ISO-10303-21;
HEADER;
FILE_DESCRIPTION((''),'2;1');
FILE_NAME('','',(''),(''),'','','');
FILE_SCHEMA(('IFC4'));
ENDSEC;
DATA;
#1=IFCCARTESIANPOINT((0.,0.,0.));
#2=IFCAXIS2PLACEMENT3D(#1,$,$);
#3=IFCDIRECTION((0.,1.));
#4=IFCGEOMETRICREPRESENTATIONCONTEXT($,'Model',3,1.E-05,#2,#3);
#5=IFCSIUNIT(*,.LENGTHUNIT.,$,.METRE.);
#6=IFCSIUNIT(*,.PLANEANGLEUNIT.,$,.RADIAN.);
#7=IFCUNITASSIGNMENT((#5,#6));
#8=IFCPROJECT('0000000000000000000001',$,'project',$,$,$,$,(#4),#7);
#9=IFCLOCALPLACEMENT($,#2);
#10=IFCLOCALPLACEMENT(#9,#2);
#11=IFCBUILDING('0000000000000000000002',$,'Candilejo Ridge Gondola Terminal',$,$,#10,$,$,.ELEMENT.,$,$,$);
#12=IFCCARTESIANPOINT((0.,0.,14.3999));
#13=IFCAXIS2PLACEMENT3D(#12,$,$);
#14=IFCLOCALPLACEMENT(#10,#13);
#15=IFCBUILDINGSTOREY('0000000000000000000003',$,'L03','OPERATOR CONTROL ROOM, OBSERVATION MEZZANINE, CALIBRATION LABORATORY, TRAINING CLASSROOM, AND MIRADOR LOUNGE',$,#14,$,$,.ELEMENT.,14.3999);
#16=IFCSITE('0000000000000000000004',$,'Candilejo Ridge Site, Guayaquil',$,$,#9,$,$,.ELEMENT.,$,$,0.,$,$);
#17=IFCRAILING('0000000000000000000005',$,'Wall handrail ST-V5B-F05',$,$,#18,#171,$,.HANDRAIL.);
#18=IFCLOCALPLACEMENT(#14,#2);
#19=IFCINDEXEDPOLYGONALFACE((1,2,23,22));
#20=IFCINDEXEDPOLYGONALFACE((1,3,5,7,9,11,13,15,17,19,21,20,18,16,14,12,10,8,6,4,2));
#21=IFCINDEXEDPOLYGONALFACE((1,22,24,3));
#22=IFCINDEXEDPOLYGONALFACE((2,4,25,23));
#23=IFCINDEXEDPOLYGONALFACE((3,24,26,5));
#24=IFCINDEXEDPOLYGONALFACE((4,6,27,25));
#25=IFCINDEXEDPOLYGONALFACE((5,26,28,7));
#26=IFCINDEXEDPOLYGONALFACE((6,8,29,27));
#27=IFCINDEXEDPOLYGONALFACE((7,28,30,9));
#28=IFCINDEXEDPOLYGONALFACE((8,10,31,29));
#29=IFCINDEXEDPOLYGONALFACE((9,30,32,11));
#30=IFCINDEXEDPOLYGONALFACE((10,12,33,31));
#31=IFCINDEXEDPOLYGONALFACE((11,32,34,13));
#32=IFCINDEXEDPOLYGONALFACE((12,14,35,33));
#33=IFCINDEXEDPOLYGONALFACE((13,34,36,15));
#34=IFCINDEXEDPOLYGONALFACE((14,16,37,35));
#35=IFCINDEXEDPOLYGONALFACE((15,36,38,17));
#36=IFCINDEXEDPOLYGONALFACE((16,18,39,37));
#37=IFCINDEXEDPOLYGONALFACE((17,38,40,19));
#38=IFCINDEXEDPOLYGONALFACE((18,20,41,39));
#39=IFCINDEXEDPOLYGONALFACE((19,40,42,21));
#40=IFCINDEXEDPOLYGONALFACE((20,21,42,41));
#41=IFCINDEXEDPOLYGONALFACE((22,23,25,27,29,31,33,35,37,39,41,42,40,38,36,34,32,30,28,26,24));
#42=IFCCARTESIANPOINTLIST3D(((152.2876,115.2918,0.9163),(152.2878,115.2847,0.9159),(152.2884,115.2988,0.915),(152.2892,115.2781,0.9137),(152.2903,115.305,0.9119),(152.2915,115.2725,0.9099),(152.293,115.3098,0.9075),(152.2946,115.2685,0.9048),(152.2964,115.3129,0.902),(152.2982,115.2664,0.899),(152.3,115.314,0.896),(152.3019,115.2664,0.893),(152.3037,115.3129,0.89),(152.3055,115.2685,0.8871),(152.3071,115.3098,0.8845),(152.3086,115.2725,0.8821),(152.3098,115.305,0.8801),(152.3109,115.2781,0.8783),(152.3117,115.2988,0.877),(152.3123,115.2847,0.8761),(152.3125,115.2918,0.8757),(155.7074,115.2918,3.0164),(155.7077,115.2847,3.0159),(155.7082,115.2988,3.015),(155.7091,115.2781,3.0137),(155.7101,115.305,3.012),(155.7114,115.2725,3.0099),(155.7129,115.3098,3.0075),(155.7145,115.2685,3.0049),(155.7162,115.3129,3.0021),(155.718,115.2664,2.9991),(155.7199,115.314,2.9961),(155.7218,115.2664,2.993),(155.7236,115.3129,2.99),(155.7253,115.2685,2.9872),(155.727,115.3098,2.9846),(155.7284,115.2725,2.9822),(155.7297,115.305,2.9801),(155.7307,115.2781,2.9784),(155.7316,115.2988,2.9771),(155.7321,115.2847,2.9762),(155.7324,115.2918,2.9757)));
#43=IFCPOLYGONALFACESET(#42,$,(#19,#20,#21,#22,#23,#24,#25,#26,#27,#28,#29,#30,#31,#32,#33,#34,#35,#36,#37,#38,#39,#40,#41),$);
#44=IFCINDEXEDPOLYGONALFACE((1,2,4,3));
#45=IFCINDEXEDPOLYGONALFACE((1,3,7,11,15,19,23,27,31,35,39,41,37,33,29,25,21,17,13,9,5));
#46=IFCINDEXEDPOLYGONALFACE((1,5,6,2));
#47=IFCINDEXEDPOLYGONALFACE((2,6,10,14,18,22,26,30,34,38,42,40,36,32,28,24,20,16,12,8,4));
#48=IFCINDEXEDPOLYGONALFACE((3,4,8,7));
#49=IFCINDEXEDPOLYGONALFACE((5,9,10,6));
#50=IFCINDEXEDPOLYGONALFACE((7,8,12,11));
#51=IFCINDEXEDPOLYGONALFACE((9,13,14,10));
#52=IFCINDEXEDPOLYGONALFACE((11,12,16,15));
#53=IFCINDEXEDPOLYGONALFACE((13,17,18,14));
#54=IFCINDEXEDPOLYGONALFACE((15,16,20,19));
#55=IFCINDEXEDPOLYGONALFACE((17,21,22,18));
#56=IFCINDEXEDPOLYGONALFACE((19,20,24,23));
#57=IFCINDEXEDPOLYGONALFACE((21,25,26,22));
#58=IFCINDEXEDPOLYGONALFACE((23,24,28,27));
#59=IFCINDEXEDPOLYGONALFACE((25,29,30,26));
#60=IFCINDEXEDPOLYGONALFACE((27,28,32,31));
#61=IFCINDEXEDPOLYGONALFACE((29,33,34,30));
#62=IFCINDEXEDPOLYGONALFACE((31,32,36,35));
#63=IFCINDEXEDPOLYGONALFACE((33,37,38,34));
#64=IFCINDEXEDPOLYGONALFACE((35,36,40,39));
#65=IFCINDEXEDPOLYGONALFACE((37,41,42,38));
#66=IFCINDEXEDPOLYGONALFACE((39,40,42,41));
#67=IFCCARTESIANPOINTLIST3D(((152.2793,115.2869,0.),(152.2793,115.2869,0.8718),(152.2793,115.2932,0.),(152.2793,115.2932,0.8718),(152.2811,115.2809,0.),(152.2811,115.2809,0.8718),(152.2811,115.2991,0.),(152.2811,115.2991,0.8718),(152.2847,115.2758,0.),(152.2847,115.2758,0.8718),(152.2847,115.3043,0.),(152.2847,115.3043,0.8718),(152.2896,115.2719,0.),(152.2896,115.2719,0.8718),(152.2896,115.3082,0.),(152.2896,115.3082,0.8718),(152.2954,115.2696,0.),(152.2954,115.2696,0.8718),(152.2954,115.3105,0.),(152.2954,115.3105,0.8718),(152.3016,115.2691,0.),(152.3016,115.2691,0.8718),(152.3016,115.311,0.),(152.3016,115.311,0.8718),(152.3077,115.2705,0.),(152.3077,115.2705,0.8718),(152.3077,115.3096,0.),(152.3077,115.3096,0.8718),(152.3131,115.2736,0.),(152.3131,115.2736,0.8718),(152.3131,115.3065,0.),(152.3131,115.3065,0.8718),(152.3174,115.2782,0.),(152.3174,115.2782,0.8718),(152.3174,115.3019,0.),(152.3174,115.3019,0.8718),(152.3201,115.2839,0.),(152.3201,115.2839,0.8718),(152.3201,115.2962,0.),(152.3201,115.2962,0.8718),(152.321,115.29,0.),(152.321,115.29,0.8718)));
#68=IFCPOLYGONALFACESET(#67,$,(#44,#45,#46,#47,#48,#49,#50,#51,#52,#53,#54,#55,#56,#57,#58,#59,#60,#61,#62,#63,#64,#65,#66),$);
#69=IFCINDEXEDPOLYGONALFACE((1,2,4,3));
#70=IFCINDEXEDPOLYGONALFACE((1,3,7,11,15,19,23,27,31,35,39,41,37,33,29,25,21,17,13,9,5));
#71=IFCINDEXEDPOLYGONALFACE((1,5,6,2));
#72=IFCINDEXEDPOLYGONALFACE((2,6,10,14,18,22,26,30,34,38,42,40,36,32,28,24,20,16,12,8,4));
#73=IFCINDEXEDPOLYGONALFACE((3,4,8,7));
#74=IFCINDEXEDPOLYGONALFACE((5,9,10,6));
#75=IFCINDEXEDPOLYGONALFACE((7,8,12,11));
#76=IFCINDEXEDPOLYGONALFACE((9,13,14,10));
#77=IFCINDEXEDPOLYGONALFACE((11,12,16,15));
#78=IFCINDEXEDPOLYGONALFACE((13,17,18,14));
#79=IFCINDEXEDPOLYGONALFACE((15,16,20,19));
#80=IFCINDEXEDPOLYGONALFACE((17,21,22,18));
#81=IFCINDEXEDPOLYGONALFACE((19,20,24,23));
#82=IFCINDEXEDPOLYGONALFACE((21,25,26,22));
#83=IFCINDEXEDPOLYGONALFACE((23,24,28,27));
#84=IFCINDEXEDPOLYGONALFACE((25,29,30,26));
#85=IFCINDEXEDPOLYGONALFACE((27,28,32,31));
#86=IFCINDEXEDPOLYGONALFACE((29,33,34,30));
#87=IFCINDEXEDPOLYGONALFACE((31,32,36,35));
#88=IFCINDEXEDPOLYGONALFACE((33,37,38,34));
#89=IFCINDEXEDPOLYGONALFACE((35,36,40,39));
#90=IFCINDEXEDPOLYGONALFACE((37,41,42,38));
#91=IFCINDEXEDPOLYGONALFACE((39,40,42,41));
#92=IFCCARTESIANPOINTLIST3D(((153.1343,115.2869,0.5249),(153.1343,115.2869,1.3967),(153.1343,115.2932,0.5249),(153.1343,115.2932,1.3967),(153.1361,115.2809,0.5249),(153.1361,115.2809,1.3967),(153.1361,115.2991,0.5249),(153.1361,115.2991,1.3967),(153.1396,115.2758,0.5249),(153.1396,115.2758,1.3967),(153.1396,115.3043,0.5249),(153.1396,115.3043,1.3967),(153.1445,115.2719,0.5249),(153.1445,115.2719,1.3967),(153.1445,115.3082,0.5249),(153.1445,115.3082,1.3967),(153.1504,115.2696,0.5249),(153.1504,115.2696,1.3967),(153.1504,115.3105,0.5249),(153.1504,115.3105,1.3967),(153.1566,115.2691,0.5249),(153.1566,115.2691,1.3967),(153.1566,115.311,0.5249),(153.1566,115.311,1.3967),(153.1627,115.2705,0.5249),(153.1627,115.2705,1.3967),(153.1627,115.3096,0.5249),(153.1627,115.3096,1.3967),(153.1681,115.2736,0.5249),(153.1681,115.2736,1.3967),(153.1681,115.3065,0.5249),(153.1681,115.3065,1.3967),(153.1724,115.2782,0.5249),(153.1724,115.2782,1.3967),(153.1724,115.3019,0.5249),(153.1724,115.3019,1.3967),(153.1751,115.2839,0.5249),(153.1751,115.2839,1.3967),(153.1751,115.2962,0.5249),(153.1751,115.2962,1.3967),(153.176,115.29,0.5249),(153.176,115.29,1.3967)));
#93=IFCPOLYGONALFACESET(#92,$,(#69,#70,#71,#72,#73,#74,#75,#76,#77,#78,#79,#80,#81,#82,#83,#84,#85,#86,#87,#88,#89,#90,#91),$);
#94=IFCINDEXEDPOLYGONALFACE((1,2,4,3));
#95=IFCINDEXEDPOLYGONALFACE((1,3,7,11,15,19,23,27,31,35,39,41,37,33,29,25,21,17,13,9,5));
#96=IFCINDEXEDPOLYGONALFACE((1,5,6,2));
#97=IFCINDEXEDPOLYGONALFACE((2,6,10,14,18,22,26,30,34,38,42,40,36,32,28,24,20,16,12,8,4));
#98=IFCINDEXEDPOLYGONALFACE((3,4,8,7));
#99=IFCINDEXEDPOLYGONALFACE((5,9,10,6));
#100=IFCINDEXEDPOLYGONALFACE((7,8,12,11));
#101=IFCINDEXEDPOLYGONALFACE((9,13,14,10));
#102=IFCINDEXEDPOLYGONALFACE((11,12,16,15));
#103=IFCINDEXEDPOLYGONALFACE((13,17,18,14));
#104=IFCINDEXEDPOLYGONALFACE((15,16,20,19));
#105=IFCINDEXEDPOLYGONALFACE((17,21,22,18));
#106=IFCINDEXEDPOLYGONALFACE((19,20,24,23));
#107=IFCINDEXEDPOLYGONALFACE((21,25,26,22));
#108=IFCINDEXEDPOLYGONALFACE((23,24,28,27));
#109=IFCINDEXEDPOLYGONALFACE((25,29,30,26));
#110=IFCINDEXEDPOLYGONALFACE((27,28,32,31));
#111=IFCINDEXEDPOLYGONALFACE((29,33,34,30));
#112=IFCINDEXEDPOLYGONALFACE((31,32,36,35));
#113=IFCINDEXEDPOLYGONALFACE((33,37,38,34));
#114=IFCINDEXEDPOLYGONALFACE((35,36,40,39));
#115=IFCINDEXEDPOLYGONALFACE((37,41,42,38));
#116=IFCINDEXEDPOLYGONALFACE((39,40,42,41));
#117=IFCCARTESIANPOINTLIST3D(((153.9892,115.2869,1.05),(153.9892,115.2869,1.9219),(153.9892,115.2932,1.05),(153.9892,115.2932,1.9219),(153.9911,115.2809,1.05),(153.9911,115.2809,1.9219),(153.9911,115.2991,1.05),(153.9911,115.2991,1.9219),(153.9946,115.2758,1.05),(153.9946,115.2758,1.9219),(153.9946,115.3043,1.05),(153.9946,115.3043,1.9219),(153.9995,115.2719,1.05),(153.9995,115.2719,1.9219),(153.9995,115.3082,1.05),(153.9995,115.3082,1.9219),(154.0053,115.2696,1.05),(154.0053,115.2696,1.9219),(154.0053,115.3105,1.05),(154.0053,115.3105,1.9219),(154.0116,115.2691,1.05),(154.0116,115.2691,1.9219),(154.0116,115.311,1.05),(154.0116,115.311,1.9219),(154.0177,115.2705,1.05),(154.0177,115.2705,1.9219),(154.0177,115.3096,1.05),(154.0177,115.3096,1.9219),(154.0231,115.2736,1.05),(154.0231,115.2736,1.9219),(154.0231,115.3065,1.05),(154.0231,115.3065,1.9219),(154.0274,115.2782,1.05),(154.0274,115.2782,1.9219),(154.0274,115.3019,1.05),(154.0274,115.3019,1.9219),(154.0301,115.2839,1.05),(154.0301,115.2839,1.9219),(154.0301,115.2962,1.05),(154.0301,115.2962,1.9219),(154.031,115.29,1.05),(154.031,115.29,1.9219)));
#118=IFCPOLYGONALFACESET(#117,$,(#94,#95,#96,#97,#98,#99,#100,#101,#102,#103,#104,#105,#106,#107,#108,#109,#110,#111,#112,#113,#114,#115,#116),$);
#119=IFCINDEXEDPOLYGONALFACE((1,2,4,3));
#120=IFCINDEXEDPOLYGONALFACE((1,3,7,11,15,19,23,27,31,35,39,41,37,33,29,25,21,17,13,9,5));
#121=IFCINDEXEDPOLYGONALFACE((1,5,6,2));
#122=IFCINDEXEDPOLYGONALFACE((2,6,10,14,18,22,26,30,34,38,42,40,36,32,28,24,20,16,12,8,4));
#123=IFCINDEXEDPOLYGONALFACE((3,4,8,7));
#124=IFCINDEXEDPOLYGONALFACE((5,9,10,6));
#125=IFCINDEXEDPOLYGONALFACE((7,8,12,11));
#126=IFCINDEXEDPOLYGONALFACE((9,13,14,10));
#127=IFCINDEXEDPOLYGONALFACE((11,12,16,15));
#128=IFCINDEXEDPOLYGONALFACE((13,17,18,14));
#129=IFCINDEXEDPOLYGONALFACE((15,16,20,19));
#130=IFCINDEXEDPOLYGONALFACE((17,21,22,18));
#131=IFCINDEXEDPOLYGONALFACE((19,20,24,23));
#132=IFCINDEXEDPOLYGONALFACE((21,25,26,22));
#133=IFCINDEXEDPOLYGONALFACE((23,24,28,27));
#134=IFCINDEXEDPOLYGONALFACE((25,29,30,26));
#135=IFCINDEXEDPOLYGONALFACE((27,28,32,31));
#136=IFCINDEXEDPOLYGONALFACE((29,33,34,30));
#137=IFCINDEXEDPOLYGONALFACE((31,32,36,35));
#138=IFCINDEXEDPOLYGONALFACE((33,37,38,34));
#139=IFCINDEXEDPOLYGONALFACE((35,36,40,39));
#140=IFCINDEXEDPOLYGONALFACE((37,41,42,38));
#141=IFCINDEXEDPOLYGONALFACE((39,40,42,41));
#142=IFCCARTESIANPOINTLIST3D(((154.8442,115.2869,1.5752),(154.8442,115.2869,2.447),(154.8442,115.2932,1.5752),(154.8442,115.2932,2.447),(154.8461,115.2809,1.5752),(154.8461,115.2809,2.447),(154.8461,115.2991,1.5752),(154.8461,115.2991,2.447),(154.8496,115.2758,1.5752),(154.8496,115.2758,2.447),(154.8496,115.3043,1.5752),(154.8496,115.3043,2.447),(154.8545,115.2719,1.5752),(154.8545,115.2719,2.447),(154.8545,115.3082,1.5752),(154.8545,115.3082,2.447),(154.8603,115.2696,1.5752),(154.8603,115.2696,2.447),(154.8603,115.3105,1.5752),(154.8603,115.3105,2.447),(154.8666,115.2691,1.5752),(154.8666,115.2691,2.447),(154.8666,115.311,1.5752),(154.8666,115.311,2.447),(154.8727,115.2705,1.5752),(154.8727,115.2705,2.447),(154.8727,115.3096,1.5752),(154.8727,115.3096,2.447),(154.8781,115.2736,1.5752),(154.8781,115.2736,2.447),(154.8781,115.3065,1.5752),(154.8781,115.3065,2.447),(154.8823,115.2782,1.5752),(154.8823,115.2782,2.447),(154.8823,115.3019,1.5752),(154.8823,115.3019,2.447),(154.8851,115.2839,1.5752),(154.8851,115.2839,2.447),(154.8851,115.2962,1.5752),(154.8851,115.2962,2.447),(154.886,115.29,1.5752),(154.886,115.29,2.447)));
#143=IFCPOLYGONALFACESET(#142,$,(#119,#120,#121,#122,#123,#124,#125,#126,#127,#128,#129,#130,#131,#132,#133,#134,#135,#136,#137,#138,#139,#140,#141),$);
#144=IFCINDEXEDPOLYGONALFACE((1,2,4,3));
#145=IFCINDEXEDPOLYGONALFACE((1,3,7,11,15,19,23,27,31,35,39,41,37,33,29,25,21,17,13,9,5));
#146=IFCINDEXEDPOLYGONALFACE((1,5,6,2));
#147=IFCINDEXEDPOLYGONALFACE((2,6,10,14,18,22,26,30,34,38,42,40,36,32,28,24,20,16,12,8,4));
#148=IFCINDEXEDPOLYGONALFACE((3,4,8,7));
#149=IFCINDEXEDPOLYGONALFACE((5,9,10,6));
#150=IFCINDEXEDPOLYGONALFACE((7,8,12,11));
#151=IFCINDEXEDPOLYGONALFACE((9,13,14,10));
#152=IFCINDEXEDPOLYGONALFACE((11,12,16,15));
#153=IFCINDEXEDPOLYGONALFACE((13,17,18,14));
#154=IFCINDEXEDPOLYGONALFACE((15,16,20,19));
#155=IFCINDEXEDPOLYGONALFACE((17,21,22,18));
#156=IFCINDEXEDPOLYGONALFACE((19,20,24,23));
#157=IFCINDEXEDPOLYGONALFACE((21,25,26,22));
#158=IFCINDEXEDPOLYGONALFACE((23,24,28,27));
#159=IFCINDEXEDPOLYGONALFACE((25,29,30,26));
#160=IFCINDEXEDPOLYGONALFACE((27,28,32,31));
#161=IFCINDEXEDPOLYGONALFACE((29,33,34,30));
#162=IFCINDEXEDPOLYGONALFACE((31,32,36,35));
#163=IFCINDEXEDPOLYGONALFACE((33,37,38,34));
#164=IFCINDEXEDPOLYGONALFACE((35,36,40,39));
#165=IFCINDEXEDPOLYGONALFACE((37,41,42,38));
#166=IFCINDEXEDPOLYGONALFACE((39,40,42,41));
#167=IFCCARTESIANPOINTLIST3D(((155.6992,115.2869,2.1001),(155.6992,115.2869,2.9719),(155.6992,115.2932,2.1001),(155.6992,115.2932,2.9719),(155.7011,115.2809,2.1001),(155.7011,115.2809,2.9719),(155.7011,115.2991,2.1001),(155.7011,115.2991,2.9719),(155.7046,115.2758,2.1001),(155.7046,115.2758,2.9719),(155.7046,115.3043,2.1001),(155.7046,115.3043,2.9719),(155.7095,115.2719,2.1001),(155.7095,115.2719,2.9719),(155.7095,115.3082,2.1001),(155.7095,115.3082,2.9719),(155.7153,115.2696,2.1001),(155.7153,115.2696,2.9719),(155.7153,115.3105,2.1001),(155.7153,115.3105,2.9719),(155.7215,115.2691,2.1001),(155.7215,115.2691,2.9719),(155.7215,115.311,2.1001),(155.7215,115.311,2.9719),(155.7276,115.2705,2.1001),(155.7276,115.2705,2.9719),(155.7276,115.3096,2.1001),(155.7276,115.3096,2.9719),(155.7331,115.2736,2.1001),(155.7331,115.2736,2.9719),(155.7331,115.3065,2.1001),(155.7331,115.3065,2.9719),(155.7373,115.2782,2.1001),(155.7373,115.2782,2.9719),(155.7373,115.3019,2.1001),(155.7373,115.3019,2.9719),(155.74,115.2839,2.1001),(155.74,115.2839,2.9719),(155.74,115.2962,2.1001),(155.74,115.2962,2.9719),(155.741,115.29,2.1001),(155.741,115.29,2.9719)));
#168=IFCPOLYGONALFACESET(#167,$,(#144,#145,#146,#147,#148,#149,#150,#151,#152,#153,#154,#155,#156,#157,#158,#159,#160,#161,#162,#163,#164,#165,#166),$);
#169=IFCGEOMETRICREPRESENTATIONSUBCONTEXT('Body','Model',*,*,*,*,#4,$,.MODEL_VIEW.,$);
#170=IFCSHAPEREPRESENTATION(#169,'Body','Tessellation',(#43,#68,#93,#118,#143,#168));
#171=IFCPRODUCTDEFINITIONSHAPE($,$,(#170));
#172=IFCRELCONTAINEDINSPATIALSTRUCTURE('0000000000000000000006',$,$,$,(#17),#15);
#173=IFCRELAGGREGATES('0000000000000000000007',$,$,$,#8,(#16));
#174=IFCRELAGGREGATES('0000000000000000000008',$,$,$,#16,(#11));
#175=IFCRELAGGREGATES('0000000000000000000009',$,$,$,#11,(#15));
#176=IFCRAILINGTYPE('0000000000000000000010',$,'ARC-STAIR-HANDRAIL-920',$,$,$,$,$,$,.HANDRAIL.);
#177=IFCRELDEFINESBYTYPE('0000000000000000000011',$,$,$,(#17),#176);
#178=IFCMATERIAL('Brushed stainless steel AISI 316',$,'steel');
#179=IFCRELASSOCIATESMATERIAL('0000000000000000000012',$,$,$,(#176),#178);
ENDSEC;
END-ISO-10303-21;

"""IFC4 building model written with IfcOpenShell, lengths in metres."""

from ifc_helpers import new_model, si_unit, direction, frame, origin, origin_2d, place, context, subcontext, project, spatial, circle, extrude, material, type_object, element, save


model = new_model("IFC4")

# Units and contexts
model_context = context("Model", 3, precision=1e-05, world=origin(), true_north=direction((0.0, 1.0)))
body_context = subcontext(model_context, "Body", "Model", "MODEL_VIEW")
ifc_project = project(units=[si_unit("LENGTHUNIT", "METRE"), si_unit("PLANEANGLEUNIT", "RADIAN")], contexts=[model_context])

# Site, building, storey
site_placement = place(None, origin())
site = spatial("IfcSite", under=ifc_project, at=site_placement, Name="Candilejo Ridge Site, Guayaquil", CompositionType="ELEMENT", RefElevation=0.0)
building_placement = place(site_placement, origin())
building = spatial("IfcBuilding", under=site, at=building_placement, Name="Candilejo Ridge Gondola Terminal", CompositionType="ELEMENT")
storey_placement = place(building_placement, frame((0.0, 0.0, 14.3999)))
storey = spatial("IfcBuildingStorey", under=building, at=storey_placement, Name="L03", Description="OPERATOR CONTROL ROOM, OBSERVATION MEZZANINE, CALIBRATION LABORATORY, TRAINING CLASSROOM, AND MIRADOR LOUNGE", CompositionType="ELEMENT", Elevation=14.3999)

# Railing
ifc_material_1 = material(Name="Brushed stainless steel AISI 316", Category="steel")
railing_type_1 = type_object("IfcRailingType", Name="ARC-STAIR-HANDRAIL-920", PredefinedType="HANDRAIL", material=ifc_material_1)
railing_1_placement = place(storey_placement, frame((152.3, 115.29, 0.0)))
element("IfcRailing", 1, at=railing_1_placement, inside=storey, type_object=railing_type_1, Name="Wall handrail ST-V5B-F05", PredefinedType="HANDRAIL", context=body_context, shape_type="SweptSolid", body=[
    extrude(circle(Radius=0.0239, at=origin_2d()), frame((0.0, 0.0, 0.896), z_axis=(0.852155, 0.0, 0.523289), x_axis=(0.0, 1.0, 0.0)), (0.0, 0.0, 1.0), 4.0132),
    extrude(circle(Radius=0.021, at=origin_2d()), origin(), (0.0, 0.0, 1.0), 0.8718),
    extrude(circle(Radius=0.021, at=origin_2d()), frame((0.855, 0.0, 0.5249)), (0.0, 0.0, 1.0), 0.8718),
    extrude(circle(Radius=0.021, at=origin_2d()), frame((1.71, 0.0, 1.05)), (0.0, 0.0, 1.0), 0.8718),
    extrude(circle(Radius=0.021, at=origin_2d()), frame((2.5649, 0.0, 1.5752)), (0.0, 0.0, 1.0), 0.8718),
    extrude(circle(Radius=0.021, at=origin_2d()), frame((3.4199, 0.0, 2.1001)), (0.0, 0.0, 1.0), 0.8718),
])

save(model, "model.ifc")
